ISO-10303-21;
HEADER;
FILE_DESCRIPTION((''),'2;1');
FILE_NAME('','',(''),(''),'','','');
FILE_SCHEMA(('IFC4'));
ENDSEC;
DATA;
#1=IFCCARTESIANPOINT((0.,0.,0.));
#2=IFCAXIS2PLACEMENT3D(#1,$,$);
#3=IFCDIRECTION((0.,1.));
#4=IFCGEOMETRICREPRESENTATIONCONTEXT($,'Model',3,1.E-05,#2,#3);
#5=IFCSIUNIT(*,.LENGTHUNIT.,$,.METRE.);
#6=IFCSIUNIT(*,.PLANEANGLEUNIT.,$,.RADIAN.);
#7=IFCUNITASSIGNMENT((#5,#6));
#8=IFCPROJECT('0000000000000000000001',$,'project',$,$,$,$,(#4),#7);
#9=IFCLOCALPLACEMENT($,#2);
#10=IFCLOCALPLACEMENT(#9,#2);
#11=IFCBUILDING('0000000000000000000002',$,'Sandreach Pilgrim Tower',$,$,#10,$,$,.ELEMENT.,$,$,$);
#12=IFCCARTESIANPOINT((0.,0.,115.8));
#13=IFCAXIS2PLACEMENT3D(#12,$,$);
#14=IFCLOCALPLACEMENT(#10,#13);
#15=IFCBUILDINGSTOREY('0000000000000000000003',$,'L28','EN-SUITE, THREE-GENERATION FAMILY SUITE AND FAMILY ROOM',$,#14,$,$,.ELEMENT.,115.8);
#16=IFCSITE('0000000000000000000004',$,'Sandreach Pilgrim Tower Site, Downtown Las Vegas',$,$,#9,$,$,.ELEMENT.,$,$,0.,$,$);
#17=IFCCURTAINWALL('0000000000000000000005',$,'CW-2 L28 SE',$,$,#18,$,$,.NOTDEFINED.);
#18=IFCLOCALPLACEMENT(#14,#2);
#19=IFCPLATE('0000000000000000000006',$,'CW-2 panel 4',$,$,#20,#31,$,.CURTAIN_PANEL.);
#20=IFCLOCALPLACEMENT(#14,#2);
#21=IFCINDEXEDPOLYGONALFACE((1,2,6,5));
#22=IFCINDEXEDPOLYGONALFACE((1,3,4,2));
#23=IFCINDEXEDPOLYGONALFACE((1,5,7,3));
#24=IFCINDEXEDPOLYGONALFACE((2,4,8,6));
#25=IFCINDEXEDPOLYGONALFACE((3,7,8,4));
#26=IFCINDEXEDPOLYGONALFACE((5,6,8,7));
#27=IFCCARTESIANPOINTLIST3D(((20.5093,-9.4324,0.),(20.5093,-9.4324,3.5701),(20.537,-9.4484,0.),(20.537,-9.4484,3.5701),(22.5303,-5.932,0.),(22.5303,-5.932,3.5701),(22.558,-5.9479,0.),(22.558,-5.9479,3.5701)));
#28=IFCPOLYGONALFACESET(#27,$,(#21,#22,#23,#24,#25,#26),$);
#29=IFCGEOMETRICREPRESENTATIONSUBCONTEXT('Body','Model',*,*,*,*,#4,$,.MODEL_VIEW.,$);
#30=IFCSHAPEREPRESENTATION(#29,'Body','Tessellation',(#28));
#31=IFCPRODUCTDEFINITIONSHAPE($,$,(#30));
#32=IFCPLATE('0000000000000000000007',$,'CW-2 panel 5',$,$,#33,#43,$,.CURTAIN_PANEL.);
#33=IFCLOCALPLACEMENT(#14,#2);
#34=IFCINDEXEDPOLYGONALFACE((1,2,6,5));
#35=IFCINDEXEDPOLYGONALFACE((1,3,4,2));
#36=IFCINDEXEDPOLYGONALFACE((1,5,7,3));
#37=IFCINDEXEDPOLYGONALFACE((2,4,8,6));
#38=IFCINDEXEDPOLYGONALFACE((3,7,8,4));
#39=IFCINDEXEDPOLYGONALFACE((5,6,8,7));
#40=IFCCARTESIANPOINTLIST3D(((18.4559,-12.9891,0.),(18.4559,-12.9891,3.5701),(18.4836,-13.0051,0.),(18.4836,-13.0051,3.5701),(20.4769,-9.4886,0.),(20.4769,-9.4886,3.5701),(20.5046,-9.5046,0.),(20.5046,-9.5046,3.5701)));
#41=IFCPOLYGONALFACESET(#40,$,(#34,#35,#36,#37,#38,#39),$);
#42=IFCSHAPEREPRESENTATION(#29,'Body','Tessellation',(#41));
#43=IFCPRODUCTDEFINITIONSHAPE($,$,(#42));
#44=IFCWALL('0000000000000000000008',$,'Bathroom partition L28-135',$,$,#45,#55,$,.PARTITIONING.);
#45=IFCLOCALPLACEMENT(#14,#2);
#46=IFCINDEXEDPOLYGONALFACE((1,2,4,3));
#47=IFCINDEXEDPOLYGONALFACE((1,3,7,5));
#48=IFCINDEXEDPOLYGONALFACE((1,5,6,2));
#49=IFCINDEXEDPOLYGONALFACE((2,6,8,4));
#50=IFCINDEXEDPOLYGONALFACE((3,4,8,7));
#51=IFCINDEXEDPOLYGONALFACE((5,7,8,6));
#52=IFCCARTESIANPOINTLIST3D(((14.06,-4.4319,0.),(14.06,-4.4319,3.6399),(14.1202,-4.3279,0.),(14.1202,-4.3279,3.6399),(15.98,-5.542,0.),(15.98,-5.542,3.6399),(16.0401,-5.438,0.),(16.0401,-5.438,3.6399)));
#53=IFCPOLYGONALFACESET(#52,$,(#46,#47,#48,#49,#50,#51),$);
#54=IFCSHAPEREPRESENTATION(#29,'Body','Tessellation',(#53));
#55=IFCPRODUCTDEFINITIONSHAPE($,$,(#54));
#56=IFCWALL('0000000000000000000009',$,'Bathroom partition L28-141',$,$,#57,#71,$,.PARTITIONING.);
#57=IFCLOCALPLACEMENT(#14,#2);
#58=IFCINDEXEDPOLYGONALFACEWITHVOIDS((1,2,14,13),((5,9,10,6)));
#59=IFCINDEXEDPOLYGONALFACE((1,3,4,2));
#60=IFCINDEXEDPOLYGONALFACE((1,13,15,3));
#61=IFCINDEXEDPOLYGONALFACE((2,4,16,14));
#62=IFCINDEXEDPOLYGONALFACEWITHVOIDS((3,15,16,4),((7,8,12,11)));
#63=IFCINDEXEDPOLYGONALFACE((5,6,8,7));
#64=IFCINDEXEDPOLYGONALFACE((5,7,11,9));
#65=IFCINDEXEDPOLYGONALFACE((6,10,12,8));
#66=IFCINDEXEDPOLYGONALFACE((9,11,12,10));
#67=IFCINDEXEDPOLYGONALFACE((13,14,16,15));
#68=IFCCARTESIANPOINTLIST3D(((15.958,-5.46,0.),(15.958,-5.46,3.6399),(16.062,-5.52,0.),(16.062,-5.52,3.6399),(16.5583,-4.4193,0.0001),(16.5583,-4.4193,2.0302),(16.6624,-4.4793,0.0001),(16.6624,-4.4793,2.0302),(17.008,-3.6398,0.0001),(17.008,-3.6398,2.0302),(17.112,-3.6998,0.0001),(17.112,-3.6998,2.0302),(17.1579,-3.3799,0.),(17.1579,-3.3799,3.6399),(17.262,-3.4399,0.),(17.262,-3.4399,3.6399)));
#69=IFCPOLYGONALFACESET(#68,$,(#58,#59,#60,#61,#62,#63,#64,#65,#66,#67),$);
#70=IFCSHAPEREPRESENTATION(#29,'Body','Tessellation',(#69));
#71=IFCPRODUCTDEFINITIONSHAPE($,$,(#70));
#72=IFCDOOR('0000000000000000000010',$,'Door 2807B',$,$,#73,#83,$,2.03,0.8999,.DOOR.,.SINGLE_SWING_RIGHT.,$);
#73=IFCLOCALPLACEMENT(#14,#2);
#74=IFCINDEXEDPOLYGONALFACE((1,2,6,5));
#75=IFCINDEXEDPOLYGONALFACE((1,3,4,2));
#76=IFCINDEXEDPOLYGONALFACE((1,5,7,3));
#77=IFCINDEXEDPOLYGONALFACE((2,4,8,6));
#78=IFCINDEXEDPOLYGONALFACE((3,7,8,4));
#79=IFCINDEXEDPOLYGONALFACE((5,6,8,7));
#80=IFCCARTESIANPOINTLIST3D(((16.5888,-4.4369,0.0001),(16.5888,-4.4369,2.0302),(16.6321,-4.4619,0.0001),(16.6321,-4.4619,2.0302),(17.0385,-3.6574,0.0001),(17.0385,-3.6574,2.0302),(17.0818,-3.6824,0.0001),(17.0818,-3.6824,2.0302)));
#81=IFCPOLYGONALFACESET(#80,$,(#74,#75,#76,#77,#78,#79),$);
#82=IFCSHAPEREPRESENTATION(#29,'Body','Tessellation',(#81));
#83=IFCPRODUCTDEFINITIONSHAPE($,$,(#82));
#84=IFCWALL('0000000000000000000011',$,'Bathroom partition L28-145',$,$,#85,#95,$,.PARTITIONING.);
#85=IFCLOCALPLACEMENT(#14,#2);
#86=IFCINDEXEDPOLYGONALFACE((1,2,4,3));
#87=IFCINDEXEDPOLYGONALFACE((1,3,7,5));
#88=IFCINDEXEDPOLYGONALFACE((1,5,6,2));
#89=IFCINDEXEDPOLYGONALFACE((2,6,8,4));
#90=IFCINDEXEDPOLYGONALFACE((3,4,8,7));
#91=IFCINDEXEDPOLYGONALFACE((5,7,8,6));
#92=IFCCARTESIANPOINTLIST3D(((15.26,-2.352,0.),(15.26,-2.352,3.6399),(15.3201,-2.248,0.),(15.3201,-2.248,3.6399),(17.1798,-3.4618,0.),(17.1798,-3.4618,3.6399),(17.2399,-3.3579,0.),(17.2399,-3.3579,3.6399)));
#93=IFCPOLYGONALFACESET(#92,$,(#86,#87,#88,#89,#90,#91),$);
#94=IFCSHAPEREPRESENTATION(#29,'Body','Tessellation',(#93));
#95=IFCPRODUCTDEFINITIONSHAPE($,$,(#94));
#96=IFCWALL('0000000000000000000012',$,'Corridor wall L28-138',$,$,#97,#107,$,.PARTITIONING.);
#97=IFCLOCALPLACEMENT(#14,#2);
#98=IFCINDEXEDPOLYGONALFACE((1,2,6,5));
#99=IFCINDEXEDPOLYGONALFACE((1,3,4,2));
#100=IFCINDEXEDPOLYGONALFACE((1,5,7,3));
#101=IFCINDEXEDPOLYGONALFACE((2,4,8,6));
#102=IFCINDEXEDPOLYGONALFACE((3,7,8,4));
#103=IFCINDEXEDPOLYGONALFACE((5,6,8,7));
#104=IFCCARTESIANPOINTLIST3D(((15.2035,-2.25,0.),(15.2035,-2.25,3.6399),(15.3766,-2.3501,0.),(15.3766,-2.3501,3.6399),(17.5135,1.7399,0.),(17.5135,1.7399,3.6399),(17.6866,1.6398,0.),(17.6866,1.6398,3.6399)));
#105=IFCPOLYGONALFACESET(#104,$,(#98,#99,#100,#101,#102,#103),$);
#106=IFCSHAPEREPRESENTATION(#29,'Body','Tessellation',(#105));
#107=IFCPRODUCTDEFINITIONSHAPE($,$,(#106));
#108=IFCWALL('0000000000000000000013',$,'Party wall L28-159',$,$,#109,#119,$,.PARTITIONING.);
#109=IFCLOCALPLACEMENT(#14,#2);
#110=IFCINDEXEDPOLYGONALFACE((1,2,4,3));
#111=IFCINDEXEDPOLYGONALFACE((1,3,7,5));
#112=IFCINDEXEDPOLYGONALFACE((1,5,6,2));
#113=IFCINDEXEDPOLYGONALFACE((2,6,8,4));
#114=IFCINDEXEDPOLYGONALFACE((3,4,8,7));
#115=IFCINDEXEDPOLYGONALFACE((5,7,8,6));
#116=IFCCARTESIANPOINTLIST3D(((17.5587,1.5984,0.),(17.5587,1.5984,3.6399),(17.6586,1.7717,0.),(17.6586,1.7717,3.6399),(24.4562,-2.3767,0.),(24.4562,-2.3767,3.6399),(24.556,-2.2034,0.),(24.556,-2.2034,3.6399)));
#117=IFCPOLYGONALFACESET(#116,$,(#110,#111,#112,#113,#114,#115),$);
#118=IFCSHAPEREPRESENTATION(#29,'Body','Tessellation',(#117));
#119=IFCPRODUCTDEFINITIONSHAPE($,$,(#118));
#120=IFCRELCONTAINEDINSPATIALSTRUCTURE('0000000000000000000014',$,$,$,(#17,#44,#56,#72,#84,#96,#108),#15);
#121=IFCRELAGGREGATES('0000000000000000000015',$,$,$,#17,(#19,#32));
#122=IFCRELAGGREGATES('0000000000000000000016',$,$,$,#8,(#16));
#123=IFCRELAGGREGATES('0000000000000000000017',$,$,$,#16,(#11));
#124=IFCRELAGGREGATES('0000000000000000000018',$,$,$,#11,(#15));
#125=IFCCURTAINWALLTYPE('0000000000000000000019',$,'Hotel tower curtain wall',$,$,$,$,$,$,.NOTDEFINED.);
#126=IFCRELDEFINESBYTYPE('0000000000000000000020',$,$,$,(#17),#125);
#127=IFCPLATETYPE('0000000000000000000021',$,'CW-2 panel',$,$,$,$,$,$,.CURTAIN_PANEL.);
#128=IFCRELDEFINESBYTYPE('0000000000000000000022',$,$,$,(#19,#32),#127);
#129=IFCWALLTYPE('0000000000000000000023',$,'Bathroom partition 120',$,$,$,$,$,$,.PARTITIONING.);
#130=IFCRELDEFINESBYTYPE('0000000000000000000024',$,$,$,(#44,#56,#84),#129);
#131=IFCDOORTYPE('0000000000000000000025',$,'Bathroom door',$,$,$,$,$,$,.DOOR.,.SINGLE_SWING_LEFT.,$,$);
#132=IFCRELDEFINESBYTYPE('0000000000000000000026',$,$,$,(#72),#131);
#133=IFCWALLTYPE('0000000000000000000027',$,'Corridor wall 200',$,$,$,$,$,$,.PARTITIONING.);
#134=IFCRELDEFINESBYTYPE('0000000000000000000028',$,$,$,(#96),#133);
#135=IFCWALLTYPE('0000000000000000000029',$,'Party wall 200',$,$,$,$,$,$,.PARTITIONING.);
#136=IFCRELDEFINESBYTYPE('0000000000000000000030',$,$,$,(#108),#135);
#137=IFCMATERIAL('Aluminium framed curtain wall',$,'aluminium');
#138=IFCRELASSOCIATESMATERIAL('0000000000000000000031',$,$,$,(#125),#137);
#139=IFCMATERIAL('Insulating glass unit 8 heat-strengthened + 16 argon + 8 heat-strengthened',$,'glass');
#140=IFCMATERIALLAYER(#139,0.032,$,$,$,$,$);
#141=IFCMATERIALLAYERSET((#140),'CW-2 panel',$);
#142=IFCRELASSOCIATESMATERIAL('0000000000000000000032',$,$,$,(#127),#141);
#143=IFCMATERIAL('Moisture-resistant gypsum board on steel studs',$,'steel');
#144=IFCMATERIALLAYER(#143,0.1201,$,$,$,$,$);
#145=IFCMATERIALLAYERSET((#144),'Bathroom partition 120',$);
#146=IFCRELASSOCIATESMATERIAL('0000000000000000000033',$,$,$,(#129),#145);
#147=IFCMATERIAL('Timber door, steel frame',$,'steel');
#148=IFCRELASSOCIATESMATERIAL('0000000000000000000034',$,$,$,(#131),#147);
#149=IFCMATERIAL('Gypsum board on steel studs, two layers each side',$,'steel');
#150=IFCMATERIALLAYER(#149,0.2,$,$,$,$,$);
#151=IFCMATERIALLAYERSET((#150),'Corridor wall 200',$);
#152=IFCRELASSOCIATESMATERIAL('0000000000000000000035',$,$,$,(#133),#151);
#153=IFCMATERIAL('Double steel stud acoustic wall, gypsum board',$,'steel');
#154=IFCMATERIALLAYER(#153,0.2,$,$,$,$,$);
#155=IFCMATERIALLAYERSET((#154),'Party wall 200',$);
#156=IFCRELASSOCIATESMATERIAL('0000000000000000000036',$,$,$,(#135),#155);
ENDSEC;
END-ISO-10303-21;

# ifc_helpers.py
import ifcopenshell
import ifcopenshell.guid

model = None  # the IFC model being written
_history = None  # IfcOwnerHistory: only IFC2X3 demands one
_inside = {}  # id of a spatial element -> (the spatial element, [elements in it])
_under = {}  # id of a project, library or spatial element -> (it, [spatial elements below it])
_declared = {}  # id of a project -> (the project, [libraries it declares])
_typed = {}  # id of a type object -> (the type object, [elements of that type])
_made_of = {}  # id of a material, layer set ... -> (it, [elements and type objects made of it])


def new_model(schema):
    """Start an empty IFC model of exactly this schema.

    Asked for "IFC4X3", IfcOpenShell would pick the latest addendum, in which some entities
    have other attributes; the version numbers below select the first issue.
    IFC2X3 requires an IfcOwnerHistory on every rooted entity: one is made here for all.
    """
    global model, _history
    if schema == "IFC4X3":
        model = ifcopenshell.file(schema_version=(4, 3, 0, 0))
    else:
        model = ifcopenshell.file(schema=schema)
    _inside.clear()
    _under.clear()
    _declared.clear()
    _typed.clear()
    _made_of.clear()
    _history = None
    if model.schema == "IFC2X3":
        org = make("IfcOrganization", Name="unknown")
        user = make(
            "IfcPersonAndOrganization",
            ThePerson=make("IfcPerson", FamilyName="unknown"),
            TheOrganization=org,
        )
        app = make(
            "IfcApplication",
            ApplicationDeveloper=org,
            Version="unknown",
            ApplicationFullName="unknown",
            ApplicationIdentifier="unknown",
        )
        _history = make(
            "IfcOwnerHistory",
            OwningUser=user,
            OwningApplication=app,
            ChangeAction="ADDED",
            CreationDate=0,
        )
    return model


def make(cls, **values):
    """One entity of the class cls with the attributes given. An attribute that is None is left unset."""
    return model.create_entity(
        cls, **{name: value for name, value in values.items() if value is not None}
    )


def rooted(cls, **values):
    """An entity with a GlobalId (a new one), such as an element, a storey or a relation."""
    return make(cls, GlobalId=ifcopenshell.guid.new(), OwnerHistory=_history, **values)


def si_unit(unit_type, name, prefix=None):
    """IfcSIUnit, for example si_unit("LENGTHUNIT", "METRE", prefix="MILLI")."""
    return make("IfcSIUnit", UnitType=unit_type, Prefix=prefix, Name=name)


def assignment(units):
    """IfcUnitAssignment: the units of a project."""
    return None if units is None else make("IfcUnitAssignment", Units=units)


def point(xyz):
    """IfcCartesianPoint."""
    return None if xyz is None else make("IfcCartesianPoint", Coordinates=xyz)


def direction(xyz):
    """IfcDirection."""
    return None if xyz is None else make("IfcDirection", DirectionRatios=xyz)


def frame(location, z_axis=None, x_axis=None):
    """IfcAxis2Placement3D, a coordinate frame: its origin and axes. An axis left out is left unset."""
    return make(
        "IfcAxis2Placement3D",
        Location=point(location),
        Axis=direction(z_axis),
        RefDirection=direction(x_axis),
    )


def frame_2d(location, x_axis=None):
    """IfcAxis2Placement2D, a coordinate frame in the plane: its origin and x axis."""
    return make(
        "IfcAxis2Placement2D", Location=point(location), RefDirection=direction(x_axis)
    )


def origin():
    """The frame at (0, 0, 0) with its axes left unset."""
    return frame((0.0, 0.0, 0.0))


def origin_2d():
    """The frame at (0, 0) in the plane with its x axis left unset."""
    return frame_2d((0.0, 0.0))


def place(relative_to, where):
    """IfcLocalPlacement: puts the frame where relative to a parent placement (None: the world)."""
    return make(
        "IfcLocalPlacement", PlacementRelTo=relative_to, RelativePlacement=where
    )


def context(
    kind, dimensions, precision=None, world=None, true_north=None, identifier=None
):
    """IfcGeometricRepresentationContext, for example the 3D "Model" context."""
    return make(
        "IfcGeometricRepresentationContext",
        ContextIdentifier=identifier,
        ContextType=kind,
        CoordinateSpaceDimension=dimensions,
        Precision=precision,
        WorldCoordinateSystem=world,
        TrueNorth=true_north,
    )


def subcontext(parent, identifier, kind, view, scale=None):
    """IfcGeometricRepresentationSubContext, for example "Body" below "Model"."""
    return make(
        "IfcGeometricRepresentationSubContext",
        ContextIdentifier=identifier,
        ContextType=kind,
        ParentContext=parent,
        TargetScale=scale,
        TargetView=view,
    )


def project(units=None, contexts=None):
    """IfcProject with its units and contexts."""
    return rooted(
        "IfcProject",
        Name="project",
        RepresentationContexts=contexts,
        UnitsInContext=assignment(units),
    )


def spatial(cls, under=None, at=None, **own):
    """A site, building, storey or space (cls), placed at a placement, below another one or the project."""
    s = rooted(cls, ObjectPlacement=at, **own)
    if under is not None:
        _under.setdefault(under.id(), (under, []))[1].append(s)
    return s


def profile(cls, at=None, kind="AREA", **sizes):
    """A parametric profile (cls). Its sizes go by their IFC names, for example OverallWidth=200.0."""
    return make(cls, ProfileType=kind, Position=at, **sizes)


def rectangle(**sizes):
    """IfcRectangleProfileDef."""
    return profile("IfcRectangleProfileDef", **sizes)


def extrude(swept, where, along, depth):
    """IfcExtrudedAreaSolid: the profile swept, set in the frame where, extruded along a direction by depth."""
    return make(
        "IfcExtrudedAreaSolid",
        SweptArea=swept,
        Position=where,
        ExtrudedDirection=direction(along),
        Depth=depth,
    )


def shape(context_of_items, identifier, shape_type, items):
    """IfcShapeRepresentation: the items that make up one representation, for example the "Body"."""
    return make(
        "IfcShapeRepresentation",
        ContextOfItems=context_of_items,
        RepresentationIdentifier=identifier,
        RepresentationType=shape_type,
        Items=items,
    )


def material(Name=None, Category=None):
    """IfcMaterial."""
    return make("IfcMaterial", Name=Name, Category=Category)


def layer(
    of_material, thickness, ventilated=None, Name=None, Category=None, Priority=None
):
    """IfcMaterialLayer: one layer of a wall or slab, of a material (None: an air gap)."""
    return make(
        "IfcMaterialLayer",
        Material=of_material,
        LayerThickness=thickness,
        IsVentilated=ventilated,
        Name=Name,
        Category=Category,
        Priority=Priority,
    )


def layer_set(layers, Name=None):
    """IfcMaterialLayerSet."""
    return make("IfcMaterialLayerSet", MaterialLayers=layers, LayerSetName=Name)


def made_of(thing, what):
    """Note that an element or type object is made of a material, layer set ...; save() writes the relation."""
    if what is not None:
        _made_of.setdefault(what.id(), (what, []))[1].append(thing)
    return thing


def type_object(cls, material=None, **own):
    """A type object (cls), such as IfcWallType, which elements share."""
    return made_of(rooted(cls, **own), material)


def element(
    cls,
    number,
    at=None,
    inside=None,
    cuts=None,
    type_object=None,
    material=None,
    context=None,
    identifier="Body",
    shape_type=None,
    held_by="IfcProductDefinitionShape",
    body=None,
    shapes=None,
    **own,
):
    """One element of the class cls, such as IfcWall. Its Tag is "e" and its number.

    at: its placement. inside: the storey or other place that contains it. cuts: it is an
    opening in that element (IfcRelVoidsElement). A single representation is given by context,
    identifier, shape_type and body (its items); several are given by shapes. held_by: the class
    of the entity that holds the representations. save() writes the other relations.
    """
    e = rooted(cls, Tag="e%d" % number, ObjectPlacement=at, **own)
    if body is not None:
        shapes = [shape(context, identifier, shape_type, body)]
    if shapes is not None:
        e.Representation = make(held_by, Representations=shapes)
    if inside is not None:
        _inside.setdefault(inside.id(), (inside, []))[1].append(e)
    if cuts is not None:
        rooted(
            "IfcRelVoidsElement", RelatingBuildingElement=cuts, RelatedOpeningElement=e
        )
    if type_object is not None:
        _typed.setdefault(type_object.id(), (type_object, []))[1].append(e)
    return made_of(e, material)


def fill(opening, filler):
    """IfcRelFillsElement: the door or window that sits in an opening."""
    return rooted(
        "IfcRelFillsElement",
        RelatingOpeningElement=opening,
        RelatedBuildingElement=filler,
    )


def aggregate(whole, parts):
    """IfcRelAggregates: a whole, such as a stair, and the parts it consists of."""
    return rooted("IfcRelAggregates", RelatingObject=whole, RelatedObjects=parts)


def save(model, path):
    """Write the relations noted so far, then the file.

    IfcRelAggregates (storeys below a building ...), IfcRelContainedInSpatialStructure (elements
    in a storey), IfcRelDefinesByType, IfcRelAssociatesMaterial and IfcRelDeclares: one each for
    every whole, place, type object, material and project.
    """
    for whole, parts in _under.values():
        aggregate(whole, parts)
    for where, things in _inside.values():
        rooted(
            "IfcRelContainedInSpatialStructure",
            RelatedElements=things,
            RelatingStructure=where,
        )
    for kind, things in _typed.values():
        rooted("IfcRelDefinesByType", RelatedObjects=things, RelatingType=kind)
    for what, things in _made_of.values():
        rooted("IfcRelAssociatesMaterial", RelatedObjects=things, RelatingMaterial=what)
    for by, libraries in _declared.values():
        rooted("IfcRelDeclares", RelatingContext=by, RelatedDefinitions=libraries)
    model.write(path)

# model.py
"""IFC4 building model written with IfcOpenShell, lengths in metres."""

from ifc_helpers import new_model, si_unit, direction, frame, frame_2d, origin, origin_2d, place, context, subcontext, project, spatial, rectangle, extrude, material, layer, layer_set, type_object, element, fill, aggregate, save


model = new_model("IFC4")

# Units and contexts
model_context = context("Model", 3, precision=1e-05, world=origin(), true_north=direction((0.0, 1.0)))
body_context = subcontext(model_context, "Body", "Model", "MODEL_VIEW")
ifc_project = project(units=[si_unit("LENGTHUNIT", "METRE"), si_unit("PLANEANGLEUNIT", "RADIAN")], contexts=[model_context])

# Site, building, storey
site_placement = place(None, origin())
site = spatial("IfcSite", under=ifc_project, at=site_placement, Name="Sandreach Pilgrim Tower Site, Downtown Las Vegas", CompositionType="ELEMENT", RefElevation=0.0)
building_placement = place(site_placement, origin())
building = spatial("IfcBuilding", under=site, at=building_placement, Name="Sandreach Pilgrim Tower", CompositionType="ELEMENT")
storey_placement = place(building_placement, frame((0.0, 0.0, 115.8)))
storey = spatial("IfcBuildingStorey", under=building, at=storey_placement, Name="L28", Description="EN-SUITE, THREE-GENERATION FAMILY SUITE AND FAMILY ROOM", CompositionType="ELEMENT", Elevation=115.8)

# Curtain wall
ifc_material_1 = material(Name="Aluminium framed curtain wall", Category="aluminium")
curtain_wall_type = type_object("IfcCurtainWallType", Name="Hotel tower curtain wall", PredefinedType="NOTDEFINED", material=ifc_material_1)
curtain_wall_placement = place(storey_placement, origin())
curtain_wall = element("IfcCurtainWall", 1, at=curtain_wall_placement, inside=storey, type_object=curtain_wall_type, Name="CW-2 L28 SE", PredefinedType="NOTDEFINED")

# Plates
ifc_material_2 = material(Name="Insulating glass unit 8 heat-strengthened + 16 argon + 8 heat-strengthened", Category="glass")
ifc_layer_1 = layer(ifc_material_2, 0.032)
ifc_layer_set_1 = layer_set([ifc_layer_1], Name="CW-2 panel")
plate_type = type_object("IfcPlateType", Name="CW-2 panel", PredefinedType="CURTAIN_PANEL", material=ifc_layer_set_1)
plate_1_placement = place(storey_placement, frame((21.5337, -7.6902, 0.0), z_axis=(0.0, 0.0, 1.0), x_axis=(-0.5, -0.866025, 0.0)))
plate_1 = element("IfcPlate", 2, at=plate_1_placement, type_object=plate_type, Name="CW-2 panel 4", PredefinedType="CURTAIN_PANEL", context=body_context, shape_type="SweptSolid", body=[
    extrude(rectangle(XDim=4.042, YDim=0.032, at=origin_2d()), origin(), (0.0, 0.0, 1.0), 3.5701),
])
plate_2_placement = place(storey_placement, frame((19.4802, -11.2468, 0.0), z_axis=(0.0, 0.0, 1.0), x_axis=(-0.5, -0.866025, 0.0)))
plate_2 = element("IfcPlate", 3, at=plate_2_placement, type_object=plate_type, Name="CW-2 panel 5", PredefinedType="CURTAIN_PANEL", context=body_context, shape_type="SweptSolid", body=[
    extrude(rectangle(XDim=4.042, YDim=0.032, at=origin_2d()), origin(), (0.0, 0.0, 1.0), 3.5701),
])
aggregate(curtain_wall, [plate_1, plate_2])

# Wall
ifc_material_3 = material(Name="Moisture-resistant gypsum board on steel studs", Category="steel")
ifc_layer_2 = layer(ifc_material_3, 0.1201)
ifc_layer_set_2 = layer_set([ifc_layer_2], Name="Bathroom partition 120")
wall_type_1 = type_object("IfcWallType", Name="Bathroom partition 120", PredefinedType="PARTITIONING", material=ifc_layer_set_2)
wall_1_placement = place(storey_placement, frame((14.0901, -4.3799, 0.0), z_axis=(0.0, 0.0, 1.0), x_axis=(0.865705, -0.500555, 0.0)))
element("IfcWall", 4, at=wall_1_placement, inside=storey, type_object=wall_type_1, Name="Bathroom partition L28-135", PredefinedType="PARTITIONING", context=body_context, shape_type="SweptSolid", body=[
    extrude(rectangle(XDim=2.2178, YDim=0.1201, at=frame_2d((1.1089, 0.0))), origin(), (0.0, 0.0, 1.0), 3.6399),
])

# Wall, opening, door
wall_2_placement = place(storey_placement, frame((16.01, -5.49, 0.0), z_axis=(0.0, 0.0, 1.0), x_axis=(0.499693, 0.866203, 0.0)))
wall_2 = element("IfcWall", 5, at=wall_2_placement, inside=storey, type_object=wall_type_1, Name="Bathroom partition L28-141", PredefinedType="PARTITIONING", context=body_context, shape_type="SweptSolid", body=[
    extrude(rectangle(XDim=2.4014, YDim=0.1201, at=frame_2d((1.2007, 0.0))), origin(), (0.0, 0.0, 1.0), 3.6399),
])
opening_1_placement = place(wall_2_placement, frame((1.2014, 0.0, 0.0)))
opening_1 = element("IfcOpeningElement", 6, at=opening_1_placement, cuts=wall_2, PredefinedType="OPENING", context=body_context, shape_type="SweptSolid", body=[
    extrude(rectangle(XDim=0.8999, YDim=2.03, at=frame_2d((0.45, 1.0151))), frame((0.0, 0.0601, 0.0), z_axis=(0.0, -1.0, 0.0), x_axis=(1.0, 0.0, 0.0)), (0.0, 0.0, 1.0), 0.1201),
])
ifc_material_4 = material(Name="Timber door, steel frame", Category="steel")
door_type_1 = type_object("IfcDoorType", Name="Bathroom door", OperationType="SINGLE_SWING_LEFT", PredefinedType="DOOR", material=ifc_material_4)
door_1_placement = place(opening_1_placement, origin())
door_1 = element("IfcDoor", 7, at=door_1_placement, inside=storey, type_object=door_type_1, Name="Door 2807B", OperationType="SINGLE_SWING_RIGHT", OverallHeight=2.03, OverallWidth=0.8999, PredefinedType="DOOR", context=body_context, shape_type="SweptSolid", body=[
    extrude(rectangle(XDim=0.8999, YDim=2.03, at=frame_2d((0.45, 1.0151))), frame((0.0, 0.0249, 0.0), z_axis=(0.0, -1.0, 0.0), x_axis=(1.0, 0.0, 0.0)), (0.0, 0.0, 1.0), 0.05),
])
fill(opening_1, door_1)

# Walls
wall_3_placement = place(storey_placement, frame((17.21, -3.4099, 0.0), z_axis=(0.0, 0.0, 1.0), x_axis=(-0.865753, 0.500472, 0.0)))
element("IfcWall", 8, at=wall_3_placement, inside=storey, type_object=wall_type_1, Name="Bathroom partition L28-145", PredefinedType="PARTITIONING", context=body_context, shape_type="SweptSolid", body=[
    extrude(rectangle(XDim=2.2175, YDim=0.1201, at=frame_2d((1.1089, 0.0))), origin(), (0.0, 0.0, 1.0), 3.6399),
])
ifc_material_5 = material(Name="Gypsum board on steel studs, two layers each side", Category="steel")
ifc_layer_3 = layer(ifc_material_5, 0.2)
ifc_layer_set_3 = layer_set([ifc_layer_3], Name="Corridor wall 200")
wall_type_2 = type_object("IfcWallType", Name="Corridor wall 200", PredefinedType="PARTITIONING", material=ifc_layer_set_3)
wall_4_placement = place(storey_placement, frame((15.29, -2.3, 0.0), z_axis=(0.0, 0.0, 1.0), x_axis=(0.501047, 0.86542, 0.0)))
element("IfcWall", 9, at=wall_4_placement, inside=storey, type_object=wall_type_2, Name="Corridor wall L28-138", PredefinedType="PARTITIONING", context=body_context, shape_type="SweptSolid", body=[
    extrude(rectangle(XDim=4.6104, YDim=0.2, at=frame_2d((2.3052, 0.0))), origin(), (0.0, 0.0, 1.0), 3.6399),
])

# Wall
ifc_material_6 = material(Name="Double steel stud acoustic wall, gypsum board", Category="steel")
ifc_layer_4 = layer(ifc_material_6, 0.2)
ifc_layer_set_4 = layer_set([ifc_layer_4], Name="Party wall 200")
wall_type_3 = type_object("IfcWallType", Name="Party wall 200", PredefinedType="PARTITIONING", material=ifc_layer_set_4)
wall_5_placement = place(storey_placement, frame((24.5061, -2.29, 0.0), z_axis=(0.0, 0.0, 1.0), x_axis=(-0.866414, 0.499326, 0.0)))
element("IfcWall", 10, at=wall_5_placement, inside=storey, type_object=wall_type_3, Name="Party wall L28-159", PredefinedType="PARTITIONING", context=body_context, shape_type="SweptSolid", body=[
    extrude(rectangle(XDim=7.9609, YDim=0.2, at=frame_2d((3.9805, 0.0))), origin(), (0.0, 0.0, 1.0), 3.6399),
])

save(model, "model.ifc")
